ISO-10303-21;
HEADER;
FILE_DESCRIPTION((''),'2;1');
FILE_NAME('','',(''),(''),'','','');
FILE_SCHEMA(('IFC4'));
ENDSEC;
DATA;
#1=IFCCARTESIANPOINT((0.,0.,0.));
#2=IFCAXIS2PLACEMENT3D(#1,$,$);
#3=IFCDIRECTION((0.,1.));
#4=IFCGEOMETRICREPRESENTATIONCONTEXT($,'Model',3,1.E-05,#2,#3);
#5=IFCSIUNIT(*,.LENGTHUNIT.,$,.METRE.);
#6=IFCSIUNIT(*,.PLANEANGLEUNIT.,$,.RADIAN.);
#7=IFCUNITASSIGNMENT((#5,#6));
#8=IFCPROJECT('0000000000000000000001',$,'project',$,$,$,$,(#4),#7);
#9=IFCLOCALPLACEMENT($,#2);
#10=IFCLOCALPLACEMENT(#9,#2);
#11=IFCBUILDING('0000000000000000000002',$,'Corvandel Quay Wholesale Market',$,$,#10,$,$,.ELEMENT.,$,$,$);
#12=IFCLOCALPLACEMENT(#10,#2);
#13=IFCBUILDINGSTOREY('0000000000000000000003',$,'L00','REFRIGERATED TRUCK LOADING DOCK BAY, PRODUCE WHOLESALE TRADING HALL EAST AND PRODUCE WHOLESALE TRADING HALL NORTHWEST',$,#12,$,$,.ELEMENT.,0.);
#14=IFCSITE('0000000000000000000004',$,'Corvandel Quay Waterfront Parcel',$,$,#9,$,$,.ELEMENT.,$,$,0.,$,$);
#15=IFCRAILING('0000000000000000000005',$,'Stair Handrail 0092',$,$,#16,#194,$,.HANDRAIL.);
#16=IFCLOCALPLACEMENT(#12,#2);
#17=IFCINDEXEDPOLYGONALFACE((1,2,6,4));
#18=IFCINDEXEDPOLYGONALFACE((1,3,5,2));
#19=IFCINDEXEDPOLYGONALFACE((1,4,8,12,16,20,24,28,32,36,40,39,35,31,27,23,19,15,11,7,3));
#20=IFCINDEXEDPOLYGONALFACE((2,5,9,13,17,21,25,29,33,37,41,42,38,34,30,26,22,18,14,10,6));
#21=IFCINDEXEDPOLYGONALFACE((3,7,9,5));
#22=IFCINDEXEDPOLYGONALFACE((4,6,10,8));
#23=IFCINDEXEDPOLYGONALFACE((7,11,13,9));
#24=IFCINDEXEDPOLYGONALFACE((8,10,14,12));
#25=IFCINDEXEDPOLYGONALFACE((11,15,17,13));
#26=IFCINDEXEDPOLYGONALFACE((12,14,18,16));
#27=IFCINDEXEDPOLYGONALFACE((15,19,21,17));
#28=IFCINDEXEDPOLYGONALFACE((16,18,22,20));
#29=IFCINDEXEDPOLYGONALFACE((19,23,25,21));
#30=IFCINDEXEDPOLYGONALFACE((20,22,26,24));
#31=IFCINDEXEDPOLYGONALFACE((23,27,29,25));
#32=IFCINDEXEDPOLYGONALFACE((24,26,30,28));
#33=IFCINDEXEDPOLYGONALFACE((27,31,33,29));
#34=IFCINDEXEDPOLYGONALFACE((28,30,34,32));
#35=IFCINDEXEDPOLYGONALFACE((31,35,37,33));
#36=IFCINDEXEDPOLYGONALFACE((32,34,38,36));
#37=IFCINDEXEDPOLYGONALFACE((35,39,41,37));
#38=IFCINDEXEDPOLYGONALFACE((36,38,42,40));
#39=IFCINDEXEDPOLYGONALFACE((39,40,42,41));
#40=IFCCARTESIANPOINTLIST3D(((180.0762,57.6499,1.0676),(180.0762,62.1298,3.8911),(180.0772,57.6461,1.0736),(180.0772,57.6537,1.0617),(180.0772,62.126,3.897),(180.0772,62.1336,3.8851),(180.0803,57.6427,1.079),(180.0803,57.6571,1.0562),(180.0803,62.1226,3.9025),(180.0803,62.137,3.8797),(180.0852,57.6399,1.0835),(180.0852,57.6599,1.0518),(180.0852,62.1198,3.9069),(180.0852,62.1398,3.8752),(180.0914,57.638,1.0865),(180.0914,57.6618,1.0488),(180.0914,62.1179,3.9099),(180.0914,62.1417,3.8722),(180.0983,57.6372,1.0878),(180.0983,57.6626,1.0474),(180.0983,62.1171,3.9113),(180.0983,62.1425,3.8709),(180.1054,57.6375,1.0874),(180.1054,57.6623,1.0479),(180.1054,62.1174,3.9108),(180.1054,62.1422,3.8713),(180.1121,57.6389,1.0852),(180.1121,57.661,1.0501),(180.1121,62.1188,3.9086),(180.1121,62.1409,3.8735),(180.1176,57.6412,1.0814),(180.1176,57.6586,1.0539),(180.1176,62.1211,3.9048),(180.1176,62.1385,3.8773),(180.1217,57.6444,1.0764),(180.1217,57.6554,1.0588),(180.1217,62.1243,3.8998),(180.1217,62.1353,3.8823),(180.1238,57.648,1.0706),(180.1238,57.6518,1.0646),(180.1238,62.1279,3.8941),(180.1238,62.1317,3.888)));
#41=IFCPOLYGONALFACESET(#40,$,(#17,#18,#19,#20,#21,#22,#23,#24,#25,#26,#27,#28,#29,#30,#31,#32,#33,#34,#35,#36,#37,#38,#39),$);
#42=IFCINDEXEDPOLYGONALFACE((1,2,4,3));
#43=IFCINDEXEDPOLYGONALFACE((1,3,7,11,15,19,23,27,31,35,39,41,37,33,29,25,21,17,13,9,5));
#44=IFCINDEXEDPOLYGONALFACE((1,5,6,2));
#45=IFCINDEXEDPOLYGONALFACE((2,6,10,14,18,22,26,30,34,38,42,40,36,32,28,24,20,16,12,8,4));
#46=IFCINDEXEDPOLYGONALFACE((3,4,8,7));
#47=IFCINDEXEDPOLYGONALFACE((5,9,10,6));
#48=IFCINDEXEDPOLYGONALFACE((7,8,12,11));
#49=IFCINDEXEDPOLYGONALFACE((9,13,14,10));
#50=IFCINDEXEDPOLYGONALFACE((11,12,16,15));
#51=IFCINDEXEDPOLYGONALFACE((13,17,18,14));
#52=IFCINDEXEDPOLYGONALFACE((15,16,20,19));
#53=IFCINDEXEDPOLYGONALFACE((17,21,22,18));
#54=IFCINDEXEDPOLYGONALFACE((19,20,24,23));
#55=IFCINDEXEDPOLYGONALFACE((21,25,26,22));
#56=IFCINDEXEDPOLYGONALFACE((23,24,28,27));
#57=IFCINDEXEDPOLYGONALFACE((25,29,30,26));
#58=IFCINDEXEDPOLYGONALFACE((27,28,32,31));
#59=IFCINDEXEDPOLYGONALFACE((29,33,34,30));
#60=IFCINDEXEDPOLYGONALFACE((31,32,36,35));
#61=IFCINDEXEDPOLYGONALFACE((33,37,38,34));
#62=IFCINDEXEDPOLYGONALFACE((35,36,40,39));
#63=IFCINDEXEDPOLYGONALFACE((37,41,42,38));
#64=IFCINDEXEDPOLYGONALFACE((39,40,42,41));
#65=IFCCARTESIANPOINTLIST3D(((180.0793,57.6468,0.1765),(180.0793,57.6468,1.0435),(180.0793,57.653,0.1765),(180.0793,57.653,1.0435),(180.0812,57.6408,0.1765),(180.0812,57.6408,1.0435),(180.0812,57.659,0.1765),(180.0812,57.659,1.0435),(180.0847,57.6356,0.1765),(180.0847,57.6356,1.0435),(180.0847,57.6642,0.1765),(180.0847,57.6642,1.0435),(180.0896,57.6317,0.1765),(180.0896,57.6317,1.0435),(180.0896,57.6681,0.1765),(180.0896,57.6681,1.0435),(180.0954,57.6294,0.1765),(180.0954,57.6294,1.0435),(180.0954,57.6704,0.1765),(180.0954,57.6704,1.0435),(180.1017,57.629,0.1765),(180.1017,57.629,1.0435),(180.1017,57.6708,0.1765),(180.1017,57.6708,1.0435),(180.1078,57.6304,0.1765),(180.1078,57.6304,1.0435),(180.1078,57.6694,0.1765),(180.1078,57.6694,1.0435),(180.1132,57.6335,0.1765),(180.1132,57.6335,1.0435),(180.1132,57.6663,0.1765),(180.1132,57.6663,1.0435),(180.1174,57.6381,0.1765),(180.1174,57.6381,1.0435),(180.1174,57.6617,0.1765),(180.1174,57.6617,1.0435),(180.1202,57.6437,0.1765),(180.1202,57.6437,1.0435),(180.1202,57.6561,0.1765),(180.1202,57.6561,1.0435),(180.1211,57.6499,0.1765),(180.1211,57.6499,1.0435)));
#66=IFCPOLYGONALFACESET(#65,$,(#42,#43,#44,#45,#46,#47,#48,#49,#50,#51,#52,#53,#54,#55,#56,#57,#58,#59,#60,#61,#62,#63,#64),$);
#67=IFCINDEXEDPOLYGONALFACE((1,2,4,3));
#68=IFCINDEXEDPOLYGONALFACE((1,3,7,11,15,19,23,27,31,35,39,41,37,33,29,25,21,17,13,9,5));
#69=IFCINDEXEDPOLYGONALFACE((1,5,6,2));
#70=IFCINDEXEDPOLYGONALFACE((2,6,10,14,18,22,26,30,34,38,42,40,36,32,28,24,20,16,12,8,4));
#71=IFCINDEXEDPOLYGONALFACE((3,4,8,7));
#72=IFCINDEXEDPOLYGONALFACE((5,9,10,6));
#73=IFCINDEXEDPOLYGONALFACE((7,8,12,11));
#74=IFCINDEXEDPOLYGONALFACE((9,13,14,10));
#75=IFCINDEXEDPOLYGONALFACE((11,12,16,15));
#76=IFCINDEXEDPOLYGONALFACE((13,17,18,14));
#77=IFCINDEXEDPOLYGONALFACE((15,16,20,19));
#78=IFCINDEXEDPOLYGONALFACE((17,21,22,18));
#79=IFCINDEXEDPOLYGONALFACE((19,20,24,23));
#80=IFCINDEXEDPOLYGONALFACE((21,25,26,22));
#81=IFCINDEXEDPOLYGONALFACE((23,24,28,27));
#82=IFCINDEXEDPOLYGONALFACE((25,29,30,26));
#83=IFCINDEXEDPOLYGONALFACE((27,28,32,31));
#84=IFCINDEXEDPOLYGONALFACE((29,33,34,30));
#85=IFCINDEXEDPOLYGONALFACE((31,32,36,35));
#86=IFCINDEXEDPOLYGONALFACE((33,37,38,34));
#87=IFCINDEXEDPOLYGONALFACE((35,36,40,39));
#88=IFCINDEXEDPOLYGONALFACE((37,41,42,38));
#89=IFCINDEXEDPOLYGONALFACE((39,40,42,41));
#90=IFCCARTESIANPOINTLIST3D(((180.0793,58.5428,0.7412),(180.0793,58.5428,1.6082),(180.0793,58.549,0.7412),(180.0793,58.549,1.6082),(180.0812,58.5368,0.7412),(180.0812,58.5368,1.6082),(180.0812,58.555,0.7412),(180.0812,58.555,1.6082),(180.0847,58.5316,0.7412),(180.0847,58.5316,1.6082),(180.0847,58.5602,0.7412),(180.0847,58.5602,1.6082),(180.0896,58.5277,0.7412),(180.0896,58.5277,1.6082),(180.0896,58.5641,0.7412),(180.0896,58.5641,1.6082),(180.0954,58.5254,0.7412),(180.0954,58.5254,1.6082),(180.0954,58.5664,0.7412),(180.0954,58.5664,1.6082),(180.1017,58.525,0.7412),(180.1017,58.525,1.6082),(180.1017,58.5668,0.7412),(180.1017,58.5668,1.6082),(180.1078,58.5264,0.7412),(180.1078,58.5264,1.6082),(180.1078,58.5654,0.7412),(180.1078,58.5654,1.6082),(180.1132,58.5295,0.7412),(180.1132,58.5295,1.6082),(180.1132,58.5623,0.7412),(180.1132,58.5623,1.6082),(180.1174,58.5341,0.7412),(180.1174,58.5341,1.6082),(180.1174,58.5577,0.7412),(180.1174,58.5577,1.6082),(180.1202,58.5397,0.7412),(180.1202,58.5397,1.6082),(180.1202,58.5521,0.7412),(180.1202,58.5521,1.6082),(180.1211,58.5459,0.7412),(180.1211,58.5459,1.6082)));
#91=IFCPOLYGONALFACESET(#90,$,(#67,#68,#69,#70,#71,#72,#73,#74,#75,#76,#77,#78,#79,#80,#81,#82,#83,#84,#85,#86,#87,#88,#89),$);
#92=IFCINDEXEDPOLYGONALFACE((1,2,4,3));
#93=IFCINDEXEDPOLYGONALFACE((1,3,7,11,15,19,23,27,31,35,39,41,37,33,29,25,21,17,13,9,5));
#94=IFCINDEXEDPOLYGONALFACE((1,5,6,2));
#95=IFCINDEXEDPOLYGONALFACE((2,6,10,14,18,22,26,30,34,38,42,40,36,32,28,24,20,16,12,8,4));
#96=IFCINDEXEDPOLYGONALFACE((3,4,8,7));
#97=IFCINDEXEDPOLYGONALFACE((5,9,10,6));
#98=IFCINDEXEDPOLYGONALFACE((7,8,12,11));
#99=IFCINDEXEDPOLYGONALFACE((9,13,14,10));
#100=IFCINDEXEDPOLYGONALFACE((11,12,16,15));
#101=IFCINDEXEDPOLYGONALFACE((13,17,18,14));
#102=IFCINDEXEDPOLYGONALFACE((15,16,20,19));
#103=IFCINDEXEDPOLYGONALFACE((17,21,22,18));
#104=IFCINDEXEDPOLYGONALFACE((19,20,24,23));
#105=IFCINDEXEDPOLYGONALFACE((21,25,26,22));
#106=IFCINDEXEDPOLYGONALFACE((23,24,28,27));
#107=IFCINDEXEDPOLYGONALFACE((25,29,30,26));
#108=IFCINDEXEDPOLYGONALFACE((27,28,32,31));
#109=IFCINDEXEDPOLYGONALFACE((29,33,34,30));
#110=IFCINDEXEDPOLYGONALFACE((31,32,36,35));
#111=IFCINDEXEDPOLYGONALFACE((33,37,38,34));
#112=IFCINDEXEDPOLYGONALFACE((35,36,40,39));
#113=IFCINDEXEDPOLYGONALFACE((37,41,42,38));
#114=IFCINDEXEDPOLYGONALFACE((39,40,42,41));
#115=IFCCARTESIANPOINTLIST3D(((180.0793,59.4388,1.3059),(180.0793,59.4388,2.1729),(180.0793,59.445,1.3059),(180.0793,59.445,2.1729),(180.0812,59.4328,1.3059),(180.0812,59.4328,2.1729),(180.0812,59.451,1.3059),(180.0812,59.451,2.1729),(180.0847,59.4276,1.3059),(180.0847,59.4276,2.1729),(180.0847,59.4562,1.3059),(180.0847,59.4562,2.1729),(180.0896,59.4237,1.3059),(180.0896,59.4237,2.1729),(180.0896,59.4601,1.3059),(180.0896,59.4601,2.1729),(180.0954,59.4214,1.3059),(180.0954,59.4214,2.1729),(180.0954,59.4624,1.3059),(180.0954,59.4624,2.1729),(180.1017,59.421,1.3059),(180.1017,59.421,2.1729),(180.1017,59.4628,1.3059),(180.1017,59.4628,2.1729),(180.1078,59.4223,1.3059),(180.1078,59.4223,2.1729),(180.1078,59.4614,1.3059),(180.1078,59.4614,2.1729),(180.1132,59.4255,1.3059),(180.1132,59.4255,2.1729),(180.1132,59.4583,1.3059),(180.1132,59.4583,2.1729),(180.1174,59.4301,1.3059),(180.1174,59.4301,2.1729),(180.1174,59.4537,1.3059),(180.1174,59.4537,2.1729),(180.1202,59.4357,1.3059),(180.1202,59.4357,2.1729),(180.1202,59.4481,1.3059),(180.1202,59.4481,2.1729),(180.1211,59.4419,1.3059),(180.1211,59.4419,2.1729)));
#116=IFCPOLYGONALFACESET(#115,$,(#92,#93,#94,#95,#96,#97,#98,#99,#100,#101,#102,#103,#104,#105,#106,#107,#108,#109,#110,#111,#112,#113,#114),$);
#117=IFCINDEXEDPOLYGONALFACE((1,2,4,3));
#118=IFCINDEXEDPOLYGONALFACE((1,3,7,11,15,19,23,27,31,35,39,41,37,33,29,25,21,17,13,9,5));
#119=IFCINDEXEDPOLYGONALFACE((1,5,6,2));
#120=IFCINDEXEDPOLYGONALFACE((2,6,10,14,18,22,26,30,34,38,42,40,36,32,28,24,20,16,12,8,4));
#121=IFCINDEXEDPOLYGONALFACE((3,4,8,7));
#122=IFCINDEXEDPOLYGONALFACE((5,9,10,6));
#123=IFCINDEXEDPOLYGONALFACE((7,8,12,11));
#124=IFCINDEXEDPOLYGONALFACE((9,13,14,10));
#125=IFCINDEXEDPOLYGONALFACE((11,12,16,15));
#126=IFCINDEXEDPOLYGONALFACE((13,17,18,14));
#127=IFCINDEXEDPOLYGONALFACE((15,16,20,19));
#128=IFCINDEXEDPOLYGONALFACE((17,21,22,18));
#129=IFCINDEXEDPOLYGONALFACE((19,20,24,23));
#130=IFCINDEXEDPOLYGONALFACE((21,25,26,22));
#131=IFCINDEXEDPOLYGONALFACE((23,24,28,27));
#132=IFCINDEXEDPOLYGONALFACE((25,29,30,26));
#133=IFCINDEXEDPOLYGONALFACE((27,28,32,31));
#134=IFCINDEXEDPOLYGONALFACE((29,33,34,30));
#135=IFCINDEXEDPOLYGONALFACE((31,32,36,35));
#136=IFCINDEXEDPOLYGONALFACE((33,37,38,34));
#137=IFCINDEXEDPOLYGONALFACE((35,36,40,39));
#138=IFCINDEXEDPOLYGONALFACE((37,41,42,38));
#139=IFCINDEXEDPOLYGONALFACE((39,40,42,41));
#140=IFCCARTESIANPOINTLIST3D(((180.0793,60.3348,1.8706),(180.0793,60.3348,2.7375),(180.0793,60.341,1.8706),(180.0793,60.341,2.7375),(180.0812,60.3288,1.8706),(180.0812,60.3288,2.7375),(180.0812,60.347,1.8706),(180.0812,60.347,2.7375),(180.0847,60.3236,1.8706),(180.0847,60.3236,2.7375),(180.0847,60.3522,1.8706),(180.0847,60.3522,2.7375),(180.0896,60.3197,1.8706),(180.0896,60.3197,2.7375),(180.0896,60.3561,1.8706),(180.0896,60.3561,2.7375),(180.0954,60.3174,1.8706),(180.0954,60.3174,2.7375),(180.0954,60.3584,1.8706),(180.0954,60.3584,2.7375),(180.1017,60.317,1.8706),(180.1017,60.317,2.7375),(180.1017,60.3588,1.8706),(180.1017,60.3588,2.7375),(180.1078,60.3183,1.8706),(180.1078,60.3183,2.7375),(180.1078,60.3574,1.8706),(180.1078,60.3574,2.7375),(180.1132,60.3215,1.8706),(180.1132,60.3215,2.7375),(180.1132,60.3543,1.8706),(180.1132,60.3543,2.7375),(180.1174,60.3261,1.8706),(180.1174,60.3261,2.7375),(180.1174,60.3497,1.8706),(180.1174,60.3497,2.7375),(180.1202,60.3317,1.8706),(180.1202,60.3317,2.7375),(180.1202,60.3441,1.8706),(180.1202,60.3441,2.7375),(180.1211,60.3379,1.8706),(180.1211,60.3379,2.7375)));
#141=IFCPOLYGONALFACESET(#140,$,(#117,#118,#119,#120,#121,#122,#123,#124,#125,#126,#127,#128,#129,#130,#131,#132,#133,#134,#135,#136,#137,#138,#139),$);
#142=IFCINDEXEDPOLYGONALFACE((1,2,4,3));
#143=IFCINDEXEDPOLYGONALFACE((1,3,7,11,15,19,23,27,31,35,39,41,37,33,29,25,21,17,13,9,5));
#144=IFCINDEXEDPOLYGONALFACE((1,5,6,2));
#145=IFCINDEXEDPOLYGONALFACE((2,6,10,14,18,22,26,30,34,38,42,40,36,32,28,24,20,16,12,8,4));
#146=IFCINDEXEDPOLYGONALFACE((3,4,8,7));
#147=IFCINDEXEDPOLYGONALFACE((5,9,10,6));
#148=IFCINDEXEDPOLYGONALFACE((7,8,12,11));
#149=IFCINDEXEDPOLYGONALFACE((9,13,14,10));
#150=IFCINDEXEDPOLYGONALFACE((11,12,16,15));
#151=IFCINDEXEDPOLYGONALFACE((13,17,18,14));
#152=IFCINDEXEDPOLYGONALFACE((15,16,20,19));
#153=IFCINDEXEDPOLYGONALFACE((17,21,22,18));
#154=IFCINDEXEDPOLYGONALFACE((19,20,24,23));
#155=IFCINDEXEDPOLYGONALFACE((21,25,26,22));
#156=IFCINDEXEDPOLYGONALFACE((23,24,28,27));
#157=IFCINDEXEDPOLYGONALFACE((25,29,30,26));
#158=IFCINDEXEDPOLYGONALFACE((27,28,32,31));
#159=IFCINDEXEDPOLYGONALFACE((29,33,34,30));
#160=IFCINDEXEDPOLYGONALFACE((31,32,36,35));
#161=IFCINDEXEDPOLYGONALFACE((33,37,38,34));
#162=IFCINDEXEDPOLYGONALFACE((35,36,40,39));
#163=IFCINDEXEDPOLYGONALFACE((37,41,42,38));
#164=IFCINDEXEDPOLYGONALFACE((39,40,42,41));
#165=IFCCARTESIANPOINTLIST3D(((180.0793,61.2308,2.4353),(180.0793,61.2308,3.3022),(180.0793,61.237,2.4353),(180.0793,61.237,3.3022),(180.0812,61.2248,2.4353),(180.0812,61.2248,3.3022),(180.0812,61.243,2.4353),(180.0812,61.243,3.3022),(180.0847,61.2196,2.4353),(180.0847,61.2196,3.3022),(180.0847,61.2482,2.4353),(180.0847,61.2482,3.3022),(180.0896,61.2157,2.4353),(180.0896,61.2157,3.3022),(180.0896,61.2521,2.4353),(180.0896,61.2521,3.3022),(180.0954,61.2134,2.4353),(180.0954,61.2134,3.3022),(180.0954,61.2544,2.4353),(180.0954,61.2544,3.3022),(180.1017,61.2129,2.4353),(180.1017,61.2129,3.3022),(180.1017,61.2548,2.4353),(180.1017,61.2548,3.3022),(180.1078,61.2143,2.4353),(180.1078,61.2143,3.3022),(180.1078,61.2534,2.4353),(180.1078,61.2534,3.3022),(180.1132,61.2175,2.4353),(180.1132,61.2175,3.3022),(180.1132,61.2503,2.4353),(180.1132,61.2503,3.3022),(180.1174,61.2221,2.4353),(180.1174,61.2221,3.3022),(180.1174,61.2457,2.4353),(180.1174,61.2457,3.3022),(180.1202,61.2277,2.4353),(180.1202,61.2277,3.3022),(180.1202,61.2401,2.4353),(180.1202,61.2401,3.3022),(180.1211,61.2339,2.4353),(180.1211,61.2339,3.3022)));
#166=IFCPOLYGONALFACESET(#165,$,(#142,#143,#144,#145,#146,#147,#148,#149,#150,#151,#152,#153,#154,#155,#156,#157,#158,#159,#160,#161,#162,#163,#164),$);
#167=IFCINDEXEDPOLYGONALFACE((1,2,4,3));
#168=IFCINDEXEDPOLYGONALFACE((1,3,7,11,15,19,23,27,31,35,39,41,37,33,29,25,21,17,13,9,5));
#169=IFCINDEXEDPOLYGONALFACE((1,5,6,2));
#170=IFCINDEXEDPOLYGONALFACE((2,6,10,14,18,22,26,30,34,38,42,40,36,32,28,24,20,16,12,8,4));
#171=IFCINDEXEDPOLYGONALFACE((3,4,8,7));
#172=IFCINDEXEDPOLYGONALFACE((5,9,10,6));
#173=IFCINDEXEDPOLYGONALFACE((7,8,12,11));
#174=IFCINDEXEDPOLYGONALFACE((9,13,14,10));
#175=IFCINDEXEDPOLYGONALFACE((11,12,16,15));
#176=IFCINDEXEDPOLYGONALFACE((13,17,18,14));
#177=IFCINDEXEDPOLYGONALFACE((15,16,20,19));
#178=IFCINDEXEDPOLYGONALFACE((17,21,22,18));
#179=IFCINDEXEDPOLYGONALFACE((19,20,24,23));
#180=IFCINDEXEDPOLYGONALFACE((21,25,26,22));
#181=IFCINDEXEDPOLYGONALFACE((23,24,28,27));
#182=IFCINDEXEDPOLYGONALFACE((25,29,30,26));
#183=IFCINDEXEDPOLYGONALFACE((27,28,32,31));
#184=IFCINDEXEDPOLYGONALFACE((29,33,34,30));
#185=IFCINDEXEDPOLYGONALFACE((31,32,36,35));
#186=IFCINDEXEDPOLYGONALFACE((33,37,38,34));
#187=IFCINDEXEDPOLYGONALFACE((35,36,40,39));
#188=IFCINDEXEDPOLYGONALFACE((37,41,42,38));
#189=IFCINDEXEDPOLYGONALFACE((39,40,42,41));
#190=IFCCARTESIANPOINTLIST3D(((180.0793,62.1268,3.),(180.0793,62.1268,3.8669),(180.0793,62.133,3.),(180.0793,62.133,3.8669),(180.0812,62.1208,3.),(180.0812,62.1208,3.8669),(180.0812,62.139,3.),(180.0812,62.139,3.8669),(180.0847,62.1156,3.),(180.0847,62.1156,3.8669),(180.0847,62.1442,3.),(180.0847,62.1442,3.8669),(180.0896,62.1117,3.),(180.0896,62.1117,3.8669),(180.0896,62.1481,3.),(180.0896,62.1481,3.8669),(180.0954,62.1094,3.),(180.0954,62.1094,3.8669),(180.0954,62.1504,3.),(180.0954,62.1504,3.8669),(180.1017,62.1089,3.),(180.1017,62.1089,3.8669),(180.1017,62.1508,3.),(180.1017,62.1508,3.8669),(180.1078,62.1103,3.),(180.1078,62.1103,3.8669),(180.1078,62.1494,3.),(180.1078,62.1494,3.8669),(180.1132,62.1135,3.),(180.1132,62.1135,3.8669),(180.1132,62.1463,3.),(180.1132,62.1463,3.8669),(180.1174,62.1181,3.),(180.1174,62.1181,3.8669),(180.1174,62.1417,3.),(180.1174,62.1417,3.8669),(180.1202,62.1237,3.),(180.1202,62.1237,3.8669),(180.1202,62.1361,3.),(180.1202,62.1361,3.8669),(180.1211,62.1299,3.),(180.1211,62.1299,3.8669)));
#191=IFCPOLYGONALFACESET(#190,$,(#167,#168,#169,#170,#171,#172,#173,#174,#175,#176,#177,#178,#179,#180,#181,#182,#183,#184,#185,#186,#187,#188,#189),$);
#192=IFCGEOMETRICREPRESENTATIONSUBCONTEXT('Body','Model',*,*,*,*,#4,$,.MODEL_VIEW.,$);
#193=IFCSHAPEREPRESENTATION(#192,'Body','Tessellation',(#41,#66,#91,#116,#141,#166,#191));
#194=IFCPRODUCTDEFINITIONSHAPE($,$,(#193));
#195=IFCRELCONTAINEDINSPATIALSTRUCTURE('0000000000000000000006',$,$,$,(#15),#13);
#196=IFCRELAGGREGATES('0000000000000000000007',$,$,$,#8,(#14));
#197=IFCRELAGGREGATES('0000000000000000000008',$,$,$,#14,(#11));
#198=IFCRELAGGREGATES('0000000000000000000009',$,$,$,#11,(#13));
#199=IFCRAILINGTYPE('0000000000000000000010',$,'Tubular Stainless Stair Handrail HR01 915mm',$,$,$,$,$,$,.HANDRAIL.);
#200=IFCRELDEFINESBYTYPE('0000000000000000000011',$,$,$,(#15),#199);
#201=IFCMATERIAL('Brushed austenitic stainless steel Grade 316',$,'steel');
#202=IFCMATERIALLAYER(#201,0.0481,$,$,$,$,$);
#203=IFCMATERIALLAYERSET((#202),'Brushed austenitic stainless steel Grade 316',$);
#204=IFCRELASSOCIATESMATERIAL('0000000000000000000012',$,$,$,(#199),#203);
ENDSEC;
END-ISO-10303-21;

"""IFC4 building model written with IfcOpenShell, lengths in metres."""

from ifc_helpers import new_model, si_unit, direction, frame, origin, origin_2d, place, context, subcontext, project, spatial, circle, extrude, material, layer, layer_set, type_object, element, save


model = new_model("IFC4")

# Units and contexts
model_context = context("Model", 3, precision=1e-05, world=origin(), true_north=direction((0.0, 1.0)))
body_context = subcontext(model_context, "Body", "Model", "MODEL_VIEW")
ifc_project = project(units=[si_unit("LENGTHUNIT", "METRE"), si_unit("PLANEANGLEUNIT", "RADIAN")], contexts=[model_context])

# Site, building, storey
site_placement = place(None, origin())
site = spatial("IfcSite", under=ifc_project, at=site_placement, Name="Corvandel Quay Waterfront Parcel", CompositionType="ELEMENT", RefElevation=0.0)
building_placement = place(site_placement, origin())
building = spatial("IfcBuilding", under=site, at=building_placement, Name="Corvandel Quay Wholesale Market", CompositionType="ELEMENT")
storey_placement = place(building_placement, origin())
storey = spatial("IfcBuildingStorey", under=building, at=storey_placement, Name="L00", Description="REFRIGERATED TRUCK LOADING DOCK BAY, PRODUCE WHOLESALE TRADING HALL EAST AND PRODUCE WHOLESALE TRADING HALL NORTHWEST", CompositionType="ELEMENT", Elevation=0.0)

# Railing
ifc_material_1 = material(Name="Brushed austenitic stainless steel Grade 316", Category="steel")
ifc_layer_1 = layer(ifc_material_1, 0.0481)
ifc_layer_set_1 = layer_set([ifc_layer_1], Name="Brushed austenitic stainless steel Grade 316")
railing_type_1 = type_object("IfcRailingType", Name="Tubular Stainless Stair Handrail HR01 915mm", PredefinedType="HANDRAIL", material=ifc_layer_set_1)
for number, where, name in (
    (1, (180.1001, 57.6499, 0.1765), "Stair Handrail 0092"),
):
    element("IfcRailing", number, at=place(storey_placement, frame(where)), inside=storey, type_object=railing_type_1, Name=name, PredefinedType="HANDRAIL", context=body_context, shape_type="SweptSolid", body=[
        extrude(circle(Radius=0.0239, at=origin_2d()), frame((0.0, 0.0, 0.8911), z_axis=(0.0, 0.845998, 0.533186), x_axis=(-1.0, 0.0, 0.0)), (0.0, 0.0, 1.0), 5.2954),
        extrude(circle(Radius=0.021, at=origin_2d()), origin(), (0.0, 0.0, 1.0), 0.8669),
        extrude(circle(Radius=0.021, at=origin_2d()), frame((0.0, 0.896, 0.5647)), (0.0, 0.0, 1.0), 0.8669),
        extrude(circle(Radius=0.021, at=origin_2d()), frame((0.0, 1.792, 1.1294)), (0.0, 0.0, 1.0), 0.8669),
        extrude(circle(Radius=0.021, at=origin_2d()), frame((0.0, 2.688, 1.6941)), (0.0, 0.0, 1.0), 0.8669),
        extrude(circle(Radius=0.021, at=origin_2d()), frame((0.0, 3.584, 2.2588)), (0.0, 0.0, 1.0), 0.8669),
        extrude(circle(Radius=0.021, at=origin_2d()), frame((0.0, 4.48, 2.8235)), (0.0, 0.0, 1.0), 0.8669),
    ])

save(model, "model.ifc")
